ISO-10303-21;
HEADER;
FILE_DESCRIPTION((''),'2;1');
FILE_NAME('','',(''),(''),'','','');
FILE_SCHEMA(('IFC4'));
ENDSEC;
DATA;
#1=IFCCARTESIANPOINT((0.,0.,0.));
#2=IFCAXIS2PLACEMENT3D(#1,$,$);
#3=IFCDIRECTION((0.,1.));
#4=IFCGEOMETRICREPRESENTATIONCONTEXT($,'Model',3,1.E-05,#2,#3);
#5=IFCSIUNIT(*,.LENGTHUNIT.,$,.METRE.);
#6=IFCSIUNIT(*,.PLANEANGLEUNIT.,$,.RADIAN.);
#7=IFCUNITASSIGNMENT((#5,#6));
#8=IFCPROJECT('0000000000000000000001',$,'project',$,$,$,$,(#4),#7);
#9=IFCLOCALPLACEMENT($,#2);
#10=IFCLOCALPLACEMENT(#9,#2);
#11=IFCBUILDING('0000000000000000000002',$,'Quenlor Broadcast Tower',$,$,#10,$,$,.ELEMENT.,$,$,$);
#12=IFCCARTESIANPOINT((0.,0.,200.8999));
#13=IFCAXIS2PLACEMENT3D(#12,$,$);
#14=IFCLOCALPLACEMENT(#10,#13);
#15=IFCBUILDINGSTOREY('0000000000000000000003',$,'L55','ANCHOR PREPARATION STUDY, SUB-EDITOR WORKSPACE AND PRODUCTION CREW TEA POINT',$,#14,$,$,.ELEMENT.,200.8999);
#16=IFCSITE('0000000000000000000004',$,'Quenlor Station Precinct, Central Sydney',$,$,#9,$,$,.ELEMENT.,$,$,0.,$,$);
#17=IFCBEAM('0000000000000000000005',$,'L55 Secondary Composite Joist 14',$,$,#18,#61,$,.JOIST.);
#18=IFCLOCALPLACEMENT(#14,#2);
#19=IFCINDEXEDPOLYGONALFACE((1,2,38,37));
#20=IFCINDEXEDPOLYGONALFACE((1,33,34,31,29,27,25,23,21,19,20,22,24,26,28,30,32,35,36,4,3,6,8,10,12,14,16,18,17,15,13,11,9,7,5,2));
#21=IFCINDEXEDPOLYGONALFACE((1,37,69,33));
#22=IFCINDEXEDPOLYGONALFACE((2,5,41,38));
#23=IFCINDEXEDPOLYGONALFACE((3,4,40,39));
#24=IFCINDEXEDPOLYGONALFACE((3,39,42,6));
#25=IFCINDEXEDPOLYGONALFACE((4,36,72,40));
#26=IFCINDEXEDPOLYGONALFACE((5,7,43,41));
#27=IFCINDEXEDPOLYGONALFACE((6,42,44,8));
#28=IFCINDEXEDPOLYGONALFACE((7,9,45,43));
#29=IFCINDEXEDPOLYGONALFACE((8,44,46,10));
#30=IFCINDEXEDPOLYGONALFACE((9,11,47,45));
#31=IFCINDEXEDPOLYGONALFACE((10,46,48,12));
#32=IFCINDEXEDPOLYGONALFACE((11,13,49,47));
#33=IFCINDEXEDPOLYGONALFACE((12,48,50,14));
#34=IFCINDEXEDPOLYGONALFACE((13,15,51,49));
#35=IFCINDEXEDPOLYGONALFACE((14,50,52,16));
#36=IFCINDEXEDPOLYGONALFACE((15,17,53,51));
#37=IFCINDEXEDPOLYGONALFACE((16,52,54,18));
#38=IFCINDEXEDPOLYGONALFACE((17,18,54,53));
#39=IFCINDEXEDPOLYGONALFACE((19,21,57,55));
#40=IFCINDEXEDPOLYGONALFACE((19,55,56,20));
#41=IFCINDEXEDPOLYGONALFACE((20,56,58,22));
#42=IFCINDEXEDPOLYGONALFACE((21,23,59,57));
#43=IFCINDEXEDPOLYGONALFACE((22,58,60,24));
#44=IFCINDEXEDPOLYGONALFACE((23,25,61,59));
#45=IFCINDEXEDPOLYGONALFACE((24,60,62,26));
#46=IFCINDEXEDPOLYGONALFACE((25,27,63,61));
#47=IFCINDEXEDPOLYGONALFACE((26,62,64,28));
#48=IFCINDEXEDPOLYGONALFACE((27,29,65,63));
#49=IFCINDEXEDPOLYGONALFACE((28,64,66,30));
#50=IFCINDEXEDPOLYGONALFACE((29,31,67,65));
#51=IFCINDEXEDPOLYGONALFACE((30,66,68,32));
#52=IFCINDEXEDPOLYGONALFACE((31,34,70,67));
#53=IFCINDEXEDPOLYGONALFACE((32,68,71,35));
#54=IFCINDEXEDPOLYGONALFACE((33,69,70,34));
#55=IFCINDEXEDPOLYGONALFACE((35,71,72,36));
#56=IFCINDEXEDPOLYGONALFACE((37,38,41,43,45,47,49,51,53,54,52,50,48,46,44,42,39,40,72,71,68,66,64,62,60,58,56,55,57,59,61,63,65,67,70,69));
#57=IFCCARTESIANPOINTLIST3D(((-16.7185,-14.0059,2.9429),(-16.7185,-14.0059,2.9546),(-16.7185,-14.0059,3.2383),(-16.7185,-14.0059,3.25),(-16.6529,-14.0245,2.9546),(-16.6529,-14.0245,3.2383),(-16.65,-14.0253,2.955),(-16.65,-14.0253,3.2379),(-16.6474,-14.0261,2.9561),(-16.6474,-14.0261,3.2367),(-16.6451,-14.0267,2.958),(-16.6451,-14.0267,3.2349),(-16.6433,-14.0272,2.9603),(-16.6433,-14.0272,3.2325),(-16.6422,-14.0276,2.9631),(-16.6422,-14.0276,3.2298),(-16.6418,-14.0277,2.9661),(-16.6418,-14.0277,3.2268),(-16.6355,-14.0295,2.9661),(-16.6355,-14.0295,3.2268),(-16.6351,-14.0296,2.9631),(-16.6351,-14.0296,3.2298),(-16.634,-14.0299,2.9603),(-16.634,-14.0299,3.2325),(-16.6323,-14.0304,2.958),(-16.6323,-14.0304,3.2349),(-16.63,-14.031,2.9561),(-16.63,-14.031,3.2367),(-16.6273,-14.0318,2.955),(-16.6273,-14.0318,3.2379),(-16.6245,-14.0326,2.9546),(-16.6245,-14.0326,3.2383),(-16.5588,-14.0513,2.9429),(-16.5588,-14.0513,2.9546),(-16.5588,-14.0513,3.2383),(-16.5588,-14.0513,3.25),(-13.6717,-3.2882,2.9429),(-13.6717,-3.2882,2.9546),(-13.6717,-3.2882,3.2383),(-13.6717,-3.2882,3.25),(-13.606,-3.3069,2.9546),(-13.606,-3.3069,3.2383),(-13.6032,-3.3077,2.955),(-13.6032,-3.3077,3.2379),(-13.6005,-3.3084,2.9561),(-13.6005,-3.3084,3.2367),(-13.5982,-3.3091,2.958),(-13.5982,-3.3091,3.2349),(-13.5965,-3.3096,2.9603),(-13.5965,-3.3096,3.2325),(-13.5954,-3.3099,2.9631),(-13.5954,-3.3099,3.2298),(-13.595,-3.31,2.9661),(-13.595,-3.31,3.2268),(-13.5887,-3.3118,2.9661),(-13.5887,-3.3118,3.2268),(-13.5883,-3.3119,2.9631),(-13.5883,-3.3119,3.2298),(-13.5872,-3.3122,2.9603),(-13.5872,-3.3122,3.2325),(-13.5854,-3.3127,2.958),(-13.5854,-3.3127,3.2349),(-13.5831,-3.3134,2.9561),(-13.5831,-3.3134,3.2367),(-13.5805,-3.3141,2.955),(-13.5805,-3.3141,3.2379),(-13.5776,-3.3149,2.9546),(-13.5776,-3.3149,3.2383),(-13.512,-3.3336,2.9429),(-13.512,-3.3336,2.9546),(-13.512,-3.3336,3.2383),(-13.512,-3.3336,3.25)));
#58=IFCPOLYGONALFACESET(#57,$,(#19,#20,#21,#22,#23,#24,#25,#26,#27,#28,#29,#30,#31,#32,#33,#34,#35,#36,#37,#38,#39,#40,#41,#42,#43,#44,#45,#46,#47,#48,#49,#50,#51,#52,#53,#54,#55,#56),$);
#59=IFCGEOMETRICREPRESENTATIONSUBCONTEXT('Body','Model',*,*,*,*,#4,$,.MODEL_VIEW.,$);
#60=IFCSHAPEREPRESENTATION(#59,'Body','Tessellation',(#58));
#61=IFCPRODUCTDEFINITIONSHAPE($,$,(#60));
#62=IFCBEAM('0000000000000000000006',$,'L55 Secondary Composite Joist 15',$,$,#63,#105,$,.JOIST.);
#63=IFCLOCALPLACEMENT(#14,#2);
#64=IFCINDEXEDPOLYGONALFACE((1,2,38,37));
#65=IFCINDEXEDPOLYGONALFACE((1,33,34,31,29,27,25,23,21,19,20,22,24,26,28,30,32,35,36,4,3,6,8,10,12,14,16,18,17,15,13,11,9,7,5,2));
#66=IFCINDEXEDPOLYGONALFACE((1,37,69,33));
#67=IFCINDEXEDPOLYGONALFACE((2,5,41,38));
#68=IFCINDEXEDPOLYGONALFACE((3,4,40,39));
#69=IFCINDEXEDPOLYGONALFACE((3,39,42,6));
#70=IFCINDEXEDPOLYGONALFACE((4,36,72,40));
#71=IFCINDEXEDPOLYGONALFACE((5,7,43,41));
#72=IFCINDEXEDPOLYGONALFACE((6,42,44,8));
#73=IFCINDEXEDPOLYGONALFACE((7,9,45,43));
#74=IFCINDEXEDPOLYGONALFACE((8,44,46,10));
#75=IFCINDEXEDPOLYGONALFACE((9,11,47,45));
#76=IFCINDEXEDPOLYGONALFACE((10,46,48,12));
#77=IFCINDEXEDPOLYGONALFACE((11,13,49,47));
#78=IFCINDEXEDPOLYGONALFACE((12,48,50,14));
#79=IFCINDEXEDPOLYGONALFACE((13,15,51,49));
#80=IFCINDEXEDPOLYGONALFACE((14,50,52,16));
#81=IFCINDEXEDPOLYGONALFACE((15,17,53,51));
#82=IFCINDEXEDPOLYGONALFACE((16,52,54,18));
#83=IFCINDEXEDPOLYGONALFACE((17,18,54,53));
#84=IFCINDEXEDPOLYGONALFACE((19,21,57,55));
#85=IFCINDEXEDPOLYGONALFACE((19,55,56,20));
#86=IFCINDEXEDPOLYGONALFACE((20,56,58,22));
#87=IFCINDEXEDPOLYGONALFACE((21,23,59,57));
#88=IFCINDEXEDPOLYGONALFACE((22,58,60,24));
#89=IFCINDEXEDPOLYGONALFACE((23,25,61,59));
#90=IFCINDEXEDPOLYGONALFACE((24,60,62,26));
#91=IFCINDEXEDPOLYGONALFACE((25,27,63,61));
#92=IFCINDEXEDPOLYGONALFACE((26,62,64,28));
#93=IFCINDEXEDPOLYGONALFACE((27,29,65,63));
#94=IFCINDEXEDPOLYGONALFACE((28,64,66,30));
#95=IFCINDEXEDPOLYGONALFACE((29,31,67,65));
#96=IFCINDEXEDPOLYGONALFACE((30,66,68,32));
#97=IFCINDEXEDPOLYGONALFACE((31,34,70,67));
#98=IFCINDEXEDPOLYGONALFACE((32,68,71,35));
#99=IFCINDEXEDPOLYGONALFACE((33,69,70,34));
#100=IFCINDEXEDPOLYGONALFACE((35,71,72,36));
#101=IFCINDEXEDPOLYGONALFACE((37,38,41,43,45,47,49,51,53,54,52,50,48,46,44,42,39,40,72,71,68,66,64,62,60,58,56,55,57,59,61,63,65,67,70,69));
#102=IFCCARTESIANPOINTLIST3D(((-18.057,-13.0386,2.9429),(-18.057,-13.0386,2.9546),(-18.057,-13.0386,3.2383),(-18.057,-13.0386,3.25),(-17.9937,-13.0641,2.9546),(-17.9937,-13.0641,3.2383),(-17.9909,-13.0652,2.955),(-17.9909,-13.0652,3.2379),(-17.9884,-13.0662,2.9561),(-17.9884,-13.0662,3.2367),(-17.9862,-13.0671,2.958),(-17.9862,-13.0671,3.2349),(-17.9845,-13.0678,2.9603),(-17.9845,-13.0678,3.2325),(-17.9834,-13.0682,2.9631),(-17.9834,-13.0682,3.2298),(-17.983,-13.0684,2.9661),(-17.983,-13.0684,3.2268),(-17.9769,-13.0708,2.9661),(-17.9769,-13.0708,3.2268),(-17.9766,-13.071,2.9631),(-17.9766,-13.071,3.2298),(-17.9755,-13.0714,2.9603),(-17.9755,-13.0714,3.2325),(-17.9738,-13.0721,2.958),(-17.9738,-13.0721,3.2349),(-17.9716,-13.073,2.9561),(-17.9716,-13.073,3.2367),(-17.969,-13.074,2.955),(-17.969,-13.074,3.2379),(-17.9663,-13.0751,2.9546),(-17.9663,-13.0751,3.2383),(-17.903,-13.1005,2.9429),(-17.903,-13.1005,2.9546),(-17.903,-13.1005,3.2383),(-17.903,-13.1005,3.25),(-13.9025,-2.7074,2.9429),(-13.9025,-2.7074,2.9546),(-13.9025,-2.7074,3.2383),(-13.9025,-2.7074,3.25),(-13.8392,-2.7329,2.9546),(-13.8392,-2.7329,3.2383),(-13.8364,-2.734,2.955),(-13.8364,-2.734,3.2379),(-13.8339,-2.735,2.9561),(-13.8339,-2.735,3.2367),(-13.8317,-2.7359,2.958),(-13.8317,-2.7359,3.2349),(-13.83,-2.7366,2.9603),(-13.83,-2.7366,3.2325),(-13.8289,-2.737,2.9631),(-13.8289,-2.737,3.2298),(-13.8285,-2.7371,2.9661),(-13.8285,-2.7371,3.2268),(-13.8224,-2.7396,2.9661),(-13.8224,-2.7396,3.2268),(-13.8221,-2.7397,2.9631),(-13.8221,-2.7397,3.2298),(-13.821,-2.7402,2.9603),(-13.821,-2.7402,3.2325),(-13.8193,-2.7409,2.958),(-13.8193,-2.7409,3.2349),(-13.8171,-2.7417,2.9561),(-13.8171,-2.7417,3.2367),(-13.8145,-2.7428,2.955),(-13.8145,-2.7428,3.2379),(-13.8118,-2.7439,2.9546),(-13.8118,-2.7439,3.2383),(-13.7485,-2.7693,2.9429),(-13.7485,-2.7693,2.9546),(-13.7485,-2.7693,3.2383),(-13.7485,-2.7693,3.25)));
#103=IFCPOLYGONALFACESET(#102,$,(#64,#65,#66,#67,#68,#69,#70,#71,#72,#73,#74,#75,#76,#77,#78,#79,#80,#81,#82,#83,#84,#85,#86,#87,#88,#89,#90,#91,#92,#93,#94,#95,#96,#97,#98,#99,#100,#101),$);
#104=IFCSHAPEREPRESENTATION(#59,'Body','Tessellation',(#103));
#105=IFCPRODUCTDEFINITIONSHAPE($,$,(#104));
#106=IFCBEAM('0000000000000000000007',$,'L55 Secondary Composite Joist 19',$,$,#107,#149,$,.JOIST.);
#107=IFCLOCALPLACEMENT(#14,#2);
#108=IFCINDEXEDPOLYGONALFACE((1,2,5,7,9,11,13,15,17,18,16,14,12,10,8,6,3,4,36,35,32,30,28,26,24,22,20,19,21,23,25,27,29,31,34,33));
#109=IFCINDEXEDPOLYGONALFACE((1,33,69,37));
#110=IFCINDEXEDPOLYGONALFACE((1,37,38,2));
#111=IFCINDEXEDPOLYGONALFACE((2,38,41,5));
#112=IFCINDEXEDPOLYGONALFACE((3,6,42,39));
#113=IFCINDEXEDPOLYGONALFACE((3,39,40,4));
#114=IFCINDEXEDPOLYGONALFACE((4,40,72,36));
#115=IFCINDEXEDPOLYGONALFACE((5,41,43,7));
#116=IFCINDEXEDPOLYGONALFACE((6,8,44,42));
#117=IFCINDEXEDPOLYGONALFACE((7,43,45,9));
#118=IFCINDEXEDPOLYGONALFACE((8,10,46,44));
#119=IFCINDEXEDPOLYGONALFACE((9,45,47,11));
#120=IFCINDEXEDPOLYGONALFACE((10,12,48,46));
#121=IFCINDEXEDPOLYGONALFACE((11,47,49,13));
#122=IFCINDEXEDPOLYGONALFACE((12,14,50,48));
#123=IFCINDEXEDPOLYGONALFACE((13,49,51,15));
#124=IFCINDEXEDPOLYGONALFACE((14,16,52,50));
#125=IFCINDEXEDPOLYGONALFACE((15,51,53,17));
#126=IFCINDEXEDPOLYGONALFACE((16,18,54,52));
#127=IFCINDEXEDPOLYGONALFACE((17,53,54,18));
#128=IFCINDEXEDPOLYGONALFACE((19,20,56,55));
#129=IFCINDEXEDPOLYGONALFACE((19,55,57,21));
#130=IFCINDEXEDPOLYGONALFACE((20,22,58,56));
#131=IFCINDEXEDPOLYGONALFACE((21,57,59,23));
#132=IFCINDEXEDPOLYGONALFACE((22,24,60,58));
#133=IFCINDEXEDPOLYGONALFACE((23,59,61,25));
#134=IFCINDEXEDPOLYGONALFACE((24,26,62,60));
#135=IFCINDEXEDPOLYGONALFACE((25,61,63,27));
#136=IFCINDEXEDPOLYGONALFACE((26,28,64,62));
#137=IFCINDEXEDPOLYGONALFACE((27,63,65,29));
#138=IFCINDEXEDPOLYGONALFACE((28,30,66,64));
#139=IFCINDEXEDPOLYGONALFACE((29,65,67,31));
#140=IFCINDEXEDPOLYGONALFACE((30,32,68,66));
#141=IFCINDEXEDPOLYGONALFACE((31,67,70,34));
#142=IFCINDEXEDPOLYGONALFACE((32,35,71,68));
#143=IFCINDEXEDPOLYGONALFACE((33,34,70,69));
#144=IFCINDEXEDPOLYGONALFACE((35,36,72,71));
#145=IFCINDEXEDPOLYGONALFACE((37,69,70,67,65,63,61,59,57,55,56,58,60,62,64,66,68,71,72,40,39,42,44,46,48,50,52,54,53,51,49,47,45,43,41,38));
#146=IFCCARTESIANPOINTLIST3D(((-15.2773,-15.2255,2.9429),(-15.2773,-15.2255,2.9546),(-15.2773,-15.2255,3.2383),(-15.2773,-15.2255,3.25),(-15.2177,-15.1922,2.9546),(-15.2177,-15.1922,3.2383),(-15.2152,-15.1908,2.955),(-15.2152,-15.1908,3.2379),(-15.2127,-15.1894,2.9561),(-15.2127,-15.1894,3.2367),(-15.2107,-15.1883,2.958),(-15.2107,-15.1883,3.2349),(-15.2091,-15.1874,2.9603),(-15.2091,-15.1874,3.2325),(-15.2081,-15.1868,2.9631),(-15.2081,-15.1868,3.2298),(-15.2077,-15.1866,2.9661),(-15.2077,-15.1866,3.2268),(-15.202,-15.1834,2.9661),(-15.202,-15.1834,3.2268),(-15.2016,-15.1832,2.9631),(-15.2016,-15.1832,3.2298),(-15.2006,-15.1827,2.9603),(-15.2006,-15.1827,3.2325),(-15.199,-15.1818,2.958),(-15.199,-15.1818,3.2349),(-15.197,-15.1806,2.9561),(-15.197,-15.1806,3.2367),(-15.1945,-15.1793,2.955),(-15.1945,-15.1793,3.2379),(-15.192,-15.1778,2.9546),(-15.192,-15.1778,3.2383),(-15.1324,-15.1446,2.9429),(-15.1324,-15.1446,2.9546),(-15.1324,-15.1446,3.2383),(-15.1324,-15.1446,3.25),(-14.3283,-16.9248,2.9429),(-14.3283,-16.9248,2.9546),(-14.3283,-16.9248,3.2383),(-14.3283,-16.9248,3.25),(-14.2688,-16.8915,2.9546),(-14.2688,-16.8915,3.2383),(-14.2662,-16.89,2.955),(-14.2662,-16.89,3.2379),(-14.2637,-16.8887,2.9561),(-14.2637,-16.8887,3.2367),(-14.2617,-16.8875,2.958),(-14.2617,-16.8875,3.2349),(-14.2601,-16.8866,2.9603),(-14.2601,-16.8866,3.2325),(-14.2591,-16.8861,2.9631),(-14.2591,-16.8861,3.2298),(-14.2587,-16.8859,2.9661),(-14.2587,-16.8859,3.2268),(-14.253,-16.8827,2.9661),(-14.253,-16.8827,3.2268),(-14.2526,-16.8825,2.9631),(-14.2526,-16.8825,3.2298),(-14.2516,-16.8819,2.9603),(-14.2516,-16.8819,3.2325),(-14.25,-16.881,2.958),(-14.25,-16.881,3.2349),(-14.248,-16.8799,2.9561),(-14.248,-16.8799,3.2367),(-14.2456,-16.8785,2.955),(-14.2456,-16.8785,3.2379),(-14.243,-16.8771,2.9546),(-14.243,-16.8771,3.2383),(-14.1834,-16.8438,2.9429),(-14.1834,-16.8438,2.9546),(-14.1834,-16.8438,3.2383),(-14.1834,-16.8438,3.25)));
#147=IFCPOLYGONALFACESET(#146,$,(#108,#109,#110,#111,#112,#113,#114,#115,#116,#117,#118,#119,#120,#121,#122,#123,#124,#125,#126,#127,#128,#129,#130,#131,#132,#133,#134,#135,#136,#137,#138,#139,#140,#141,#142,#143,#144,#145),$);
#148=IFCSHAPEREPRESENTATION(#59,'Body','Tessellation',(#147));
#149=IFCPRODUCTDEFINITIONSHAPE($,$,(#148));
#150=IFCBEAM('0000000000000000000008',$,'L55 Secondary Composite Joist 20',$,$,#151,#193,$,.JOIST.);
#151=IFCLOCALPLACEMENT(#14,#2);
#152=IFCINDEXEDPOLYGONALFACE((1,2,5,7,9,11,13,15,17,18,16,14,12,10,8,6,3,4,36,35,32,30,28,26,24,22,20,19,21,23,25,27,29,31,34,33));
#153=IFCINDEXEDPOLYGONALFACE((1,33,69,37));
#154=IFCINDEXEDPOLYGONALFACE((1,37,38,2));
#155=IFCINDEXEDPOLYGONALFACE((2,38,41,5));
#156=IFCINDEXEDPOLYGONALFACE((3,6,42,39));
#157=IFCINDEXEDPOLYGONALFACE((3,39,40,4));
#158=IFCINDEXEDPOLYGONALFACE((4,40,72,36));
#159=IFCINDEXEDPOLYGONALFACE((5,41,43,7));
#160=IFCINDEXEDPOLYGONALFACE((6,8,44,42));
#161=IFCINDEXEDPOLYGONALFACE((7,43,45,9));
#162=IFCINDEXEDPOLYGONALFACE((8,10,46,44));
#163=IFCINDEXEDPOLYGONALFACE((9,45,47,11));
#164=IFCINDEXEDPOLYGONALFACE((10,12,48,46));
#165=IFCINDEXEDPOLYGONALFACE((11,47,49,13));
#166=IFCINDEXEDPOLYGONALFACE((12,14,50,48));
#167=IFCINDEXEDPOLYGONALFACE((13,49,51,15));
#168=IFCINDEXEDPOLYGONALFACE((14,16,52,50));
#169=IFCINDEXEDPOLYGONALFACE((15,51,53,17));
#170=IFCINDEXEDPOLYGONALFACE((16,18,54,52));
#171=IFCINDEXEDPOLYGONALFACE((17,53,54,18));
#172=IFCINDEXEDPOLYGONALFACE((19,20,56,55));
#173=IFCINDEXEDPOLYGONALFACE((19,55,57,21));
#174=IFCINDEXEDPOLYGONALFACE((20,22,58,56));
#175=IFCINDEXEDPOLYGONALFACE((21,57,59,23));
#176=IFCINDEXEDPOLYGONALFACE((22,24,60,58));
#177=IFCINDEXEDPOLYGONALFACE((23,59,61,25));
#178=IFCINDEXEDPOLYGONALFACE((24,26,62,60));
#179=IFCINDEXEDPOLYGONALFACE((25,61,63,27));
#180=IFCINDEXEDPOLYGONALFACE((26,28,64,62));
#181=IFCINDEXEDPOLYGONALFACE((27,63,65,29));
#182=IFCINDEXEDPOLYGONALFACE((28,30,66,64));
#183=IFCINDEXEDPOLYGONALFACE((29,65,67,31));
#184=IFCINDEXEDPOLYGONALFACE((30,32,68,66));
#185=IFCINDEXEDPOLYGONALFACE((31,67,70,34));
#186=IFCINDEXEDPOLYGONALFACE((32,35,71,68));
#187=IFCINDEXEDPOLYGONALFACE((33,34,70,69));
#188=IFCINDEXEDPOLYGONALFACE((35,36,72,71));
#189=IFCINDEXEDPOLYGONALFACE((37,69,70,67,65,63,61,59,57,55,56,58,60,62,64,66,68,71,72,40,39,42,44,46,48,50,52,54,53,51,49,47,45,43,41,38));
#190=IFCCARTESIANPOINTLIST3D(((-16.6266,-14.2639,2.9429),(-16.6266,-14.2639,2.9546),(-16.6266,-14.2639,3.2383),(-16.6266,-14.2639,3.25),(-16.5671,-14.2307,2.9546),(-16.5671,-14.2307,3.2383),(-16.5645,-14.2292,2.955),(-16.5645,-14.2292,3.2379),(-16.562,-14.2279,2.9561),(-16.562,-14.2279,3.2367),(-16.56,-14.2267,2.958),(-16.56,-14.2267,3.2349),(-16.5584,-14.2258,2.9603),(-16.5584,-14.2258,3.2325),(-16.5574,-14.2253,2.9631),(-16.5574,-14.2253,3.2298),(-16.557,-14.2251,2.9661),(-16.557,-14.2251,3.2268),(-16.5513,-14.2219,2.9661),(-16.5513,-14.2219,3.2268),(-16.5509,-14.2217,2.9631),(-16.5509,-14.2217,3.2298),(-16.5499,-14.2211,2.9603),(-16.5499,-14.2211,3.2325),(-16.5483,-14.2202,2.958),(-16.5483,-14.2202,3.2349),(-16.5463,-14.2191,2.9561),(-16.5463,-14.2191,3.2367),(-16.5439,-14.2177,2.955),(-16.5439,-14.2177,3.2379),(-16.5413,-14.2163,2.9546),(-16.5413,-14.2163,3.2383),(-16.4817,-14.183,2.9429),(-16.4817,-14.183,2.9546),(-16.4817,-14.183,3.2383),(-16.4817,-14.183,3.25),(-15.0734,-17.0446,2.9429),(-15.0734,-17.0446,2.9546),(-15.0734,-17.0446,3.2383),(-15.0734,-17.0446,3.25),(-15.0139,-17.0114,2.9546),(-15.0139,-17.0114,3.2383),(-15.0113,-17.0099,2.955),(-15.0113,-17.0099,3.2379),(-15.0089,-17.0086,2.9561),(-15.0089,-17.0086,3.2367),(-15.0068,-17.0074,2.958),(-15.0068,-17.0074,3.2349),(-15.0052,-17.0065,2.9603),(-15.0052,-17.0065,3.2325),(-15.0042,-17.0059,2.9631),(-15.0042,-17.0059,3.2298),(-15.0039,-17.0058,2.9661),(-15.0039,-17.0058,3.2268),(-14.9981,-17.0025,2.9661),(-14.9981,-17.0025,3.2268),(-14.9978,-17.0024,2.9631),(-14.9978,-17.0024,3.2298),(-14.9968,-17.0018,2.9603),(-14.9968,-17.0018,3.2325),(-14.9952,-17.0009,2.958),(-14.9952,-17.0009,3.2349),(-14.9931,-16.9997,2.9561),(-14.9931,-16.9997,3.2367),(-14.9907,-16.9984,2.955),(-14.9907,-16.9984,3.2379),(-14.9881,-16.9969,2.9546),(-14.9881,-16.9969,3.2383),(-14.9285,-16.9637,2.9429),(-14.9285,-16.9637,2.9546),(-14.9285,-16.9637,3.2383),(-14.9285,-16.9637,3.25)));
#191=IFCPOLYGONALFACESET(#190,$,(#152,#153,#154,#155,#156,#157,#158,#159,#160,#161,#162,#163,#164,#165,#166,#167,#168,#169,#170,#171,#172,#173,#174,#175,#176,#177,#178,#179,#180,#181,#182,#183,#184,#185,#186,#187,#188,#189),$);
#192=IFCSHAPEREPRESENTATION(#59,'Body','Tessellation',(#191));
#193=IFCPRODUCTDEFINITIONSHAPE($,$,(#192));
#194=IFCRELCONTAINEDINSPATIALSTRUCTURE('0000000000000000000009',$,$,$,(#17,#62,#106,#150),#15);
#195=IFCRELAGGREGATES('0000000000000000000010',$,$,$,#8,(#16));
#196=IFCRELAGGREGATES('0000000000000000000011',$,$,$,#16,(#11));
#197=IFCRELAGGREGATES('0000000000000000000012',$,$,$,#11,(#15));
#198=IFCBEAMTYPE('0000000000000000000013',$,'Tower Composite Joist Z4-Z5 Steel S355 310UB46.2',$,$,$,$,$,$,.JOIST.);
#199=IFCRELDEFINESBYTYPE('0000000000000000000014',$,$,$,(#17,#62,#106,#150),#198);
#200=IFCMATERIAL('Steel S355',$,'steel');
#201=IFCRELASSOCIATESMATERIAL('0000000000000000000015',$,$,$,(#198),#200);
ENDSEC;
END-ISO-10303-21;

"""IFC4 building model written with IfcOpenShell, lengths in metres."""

from ifc_helpers import new_model, si_unit, direction, frame, origin, origin_2d, place, context, subcontext, project, spatial, i_section, extrude, material, material_profile, profile_set, type_object, element, save


model = new_model("IFC4")

# Units and contexts
model_context = context("Model", 3, precision=1e-05, world=origin(), true_north=direction((0.0, 1.0)))
body_context = subcontext(model_context, "Body", "Model", "MODEL_VIEW")
ifc_project = project(units=[si_unit("LENGTHUNIT", "METRE"), si_unit("PLANEANGLEUNIT", "RADIAN")], contexts=[model_context])

# Site, building, storey
site_placement = place(None, origin())
site = spatial("IfcSite", under=ifc_project, at=site_placement, Name="Quenlor Station Precinct, Central Sydney", CompositionType="ELEMENT", RefElevation=0.0)
building_placement = place(site_placement, origin())
building = spatial("IfcBuilding", under=site, at=building_placement, Name="Quenlor Broadcast Tower", CompositionType="ELEMENT")
storey_placement = place(building_placement, frame((0.0, 0.0, 200.8999)))
storey = spatial("IfcBuildingStorey", under=building, at=storey_placement, Name="L55", Description="ANCHOR PREPARATION STUDY, SUB-EDITOR WORKSPACE AND PRODUCTION CREW TEA POINT", CompositionType="ELEMENT", Elevation=200.8999)

# Beams
ifc_material_1 = material(Name="Steel S355", Category="steel")
ifc_material_profile_1 = material_profile(ifc_material_1, i_section(OverallWidth=0.166, OverallDepth=0.3071, WebThickness=0.0066, FlangeThickness=0.0117, FilletRadius=0.0115, at=origin_2d()))
ifc_profile_set_1 = profile_set([ifc_material_profile_1], Name="Steel S355 310UB46.2")
beam_type_1 = type_object("IfcBeamType", Name="Tower Composite Joist Z4-Z5 Steel S355 310UB46.2", PredefinedType="JOIST", material=ifc_profile_set_1)
beam_1_placement = place(storey_placement, frame((-16.6387, -14.0286, 3.0964), z_axis=(0.273448, 0.961887, 0.0), x_axis=(-0.961887, 0.273448, 0.0)))
element("IfcBeam", 1, at=beam_1_placement, inside=storey, type_object=beam_type_1, Name="L55 Secondary Composite Joist 14", PredefinedType="JOIST", context=body_context, shape_type="SweptSolid", body=[
    extrude(i_section(OverallWidth=0.166, OverallDepth=0.3071, WebThickness=0.0066, FlangeThickness=0.0117, FilletRadius=0.0115, at=origin_2d()), origin(), (0.0, 0.0, 1.0), 11.1423),
])
beam_2_placement = place(storey_placement, frame((-17.98, -13.0696, 3.0964), z_axis=(0.373095, 0.927793, 0.0), x_axis=(-0.927793, 0.373095, 0.0)))
element("IfcBeam", 2, at=beam_2_placement, inside=storey, type_object=beam_type_1, Name="L55 Secondary Composite Joist 15", PredefinedType="JOIST", context=body_context, shape_type="SweptSolid", body=[
    extrude(i_section(OverallWidth=0.166, OverallDepth=0.3071, WebThickness=0.0066, FlangeThickness=0.0117, FilletRadius=0.0115, at=origin_2d()), origin(), (0.0, 0.0, 1.0), 11.1353),
])
beam_3_placement = place(storey_placement, frame((-14.2559, -16.8843, 3.0964), z_axis=(-0.487591, 0.873072, 0.0), x_axis=(-0.873072, -0.487591, 0.0)))
element("IfcBeam", 3, at=beam_3_placement, inside=storey, type_object=beam_type_1, Name="L55 Secondary Composite Joist 19", PredefinedType="JOIST", context=body_context, shape_type="SweptSolid", body=[
    extrude(i_section(OverallWidth=0.166, OverallDepth=0.3071, WebThickness=0.0066, FlangeThickness=0.0117, FilletRadius=0.0115, at=origin_2d()), origin(), (0.0, 0.0, 1.0), 1.9463),
])
beam_4_placement = place(storey_placement, frame((-15.001, -17.0042, 3.0964), z_axis=(-0.487646, 0.873041, 0.0), x_axis=(-0.873041, -0.487646, 0.0)))
element("IfcBeam", 4, at=beam_4_placement, inside=storey, type_object=beam_type_1, Name="L55 Secondary Composite Joist 20", PredefinedType="JOIST", context=body_context, shape_type="SweptSolid", body=[
    extrude(i_section(OverallWidth=0.166, OverallDepth=0.3071, WebThickness=0.0066, FlangeThickness=0.0117, FilletRadius=0.0115, at=origin_2d()), origin(), (0.0, 0.0, 1.0), 3.1851),
])

save(model, "model.ifc")
